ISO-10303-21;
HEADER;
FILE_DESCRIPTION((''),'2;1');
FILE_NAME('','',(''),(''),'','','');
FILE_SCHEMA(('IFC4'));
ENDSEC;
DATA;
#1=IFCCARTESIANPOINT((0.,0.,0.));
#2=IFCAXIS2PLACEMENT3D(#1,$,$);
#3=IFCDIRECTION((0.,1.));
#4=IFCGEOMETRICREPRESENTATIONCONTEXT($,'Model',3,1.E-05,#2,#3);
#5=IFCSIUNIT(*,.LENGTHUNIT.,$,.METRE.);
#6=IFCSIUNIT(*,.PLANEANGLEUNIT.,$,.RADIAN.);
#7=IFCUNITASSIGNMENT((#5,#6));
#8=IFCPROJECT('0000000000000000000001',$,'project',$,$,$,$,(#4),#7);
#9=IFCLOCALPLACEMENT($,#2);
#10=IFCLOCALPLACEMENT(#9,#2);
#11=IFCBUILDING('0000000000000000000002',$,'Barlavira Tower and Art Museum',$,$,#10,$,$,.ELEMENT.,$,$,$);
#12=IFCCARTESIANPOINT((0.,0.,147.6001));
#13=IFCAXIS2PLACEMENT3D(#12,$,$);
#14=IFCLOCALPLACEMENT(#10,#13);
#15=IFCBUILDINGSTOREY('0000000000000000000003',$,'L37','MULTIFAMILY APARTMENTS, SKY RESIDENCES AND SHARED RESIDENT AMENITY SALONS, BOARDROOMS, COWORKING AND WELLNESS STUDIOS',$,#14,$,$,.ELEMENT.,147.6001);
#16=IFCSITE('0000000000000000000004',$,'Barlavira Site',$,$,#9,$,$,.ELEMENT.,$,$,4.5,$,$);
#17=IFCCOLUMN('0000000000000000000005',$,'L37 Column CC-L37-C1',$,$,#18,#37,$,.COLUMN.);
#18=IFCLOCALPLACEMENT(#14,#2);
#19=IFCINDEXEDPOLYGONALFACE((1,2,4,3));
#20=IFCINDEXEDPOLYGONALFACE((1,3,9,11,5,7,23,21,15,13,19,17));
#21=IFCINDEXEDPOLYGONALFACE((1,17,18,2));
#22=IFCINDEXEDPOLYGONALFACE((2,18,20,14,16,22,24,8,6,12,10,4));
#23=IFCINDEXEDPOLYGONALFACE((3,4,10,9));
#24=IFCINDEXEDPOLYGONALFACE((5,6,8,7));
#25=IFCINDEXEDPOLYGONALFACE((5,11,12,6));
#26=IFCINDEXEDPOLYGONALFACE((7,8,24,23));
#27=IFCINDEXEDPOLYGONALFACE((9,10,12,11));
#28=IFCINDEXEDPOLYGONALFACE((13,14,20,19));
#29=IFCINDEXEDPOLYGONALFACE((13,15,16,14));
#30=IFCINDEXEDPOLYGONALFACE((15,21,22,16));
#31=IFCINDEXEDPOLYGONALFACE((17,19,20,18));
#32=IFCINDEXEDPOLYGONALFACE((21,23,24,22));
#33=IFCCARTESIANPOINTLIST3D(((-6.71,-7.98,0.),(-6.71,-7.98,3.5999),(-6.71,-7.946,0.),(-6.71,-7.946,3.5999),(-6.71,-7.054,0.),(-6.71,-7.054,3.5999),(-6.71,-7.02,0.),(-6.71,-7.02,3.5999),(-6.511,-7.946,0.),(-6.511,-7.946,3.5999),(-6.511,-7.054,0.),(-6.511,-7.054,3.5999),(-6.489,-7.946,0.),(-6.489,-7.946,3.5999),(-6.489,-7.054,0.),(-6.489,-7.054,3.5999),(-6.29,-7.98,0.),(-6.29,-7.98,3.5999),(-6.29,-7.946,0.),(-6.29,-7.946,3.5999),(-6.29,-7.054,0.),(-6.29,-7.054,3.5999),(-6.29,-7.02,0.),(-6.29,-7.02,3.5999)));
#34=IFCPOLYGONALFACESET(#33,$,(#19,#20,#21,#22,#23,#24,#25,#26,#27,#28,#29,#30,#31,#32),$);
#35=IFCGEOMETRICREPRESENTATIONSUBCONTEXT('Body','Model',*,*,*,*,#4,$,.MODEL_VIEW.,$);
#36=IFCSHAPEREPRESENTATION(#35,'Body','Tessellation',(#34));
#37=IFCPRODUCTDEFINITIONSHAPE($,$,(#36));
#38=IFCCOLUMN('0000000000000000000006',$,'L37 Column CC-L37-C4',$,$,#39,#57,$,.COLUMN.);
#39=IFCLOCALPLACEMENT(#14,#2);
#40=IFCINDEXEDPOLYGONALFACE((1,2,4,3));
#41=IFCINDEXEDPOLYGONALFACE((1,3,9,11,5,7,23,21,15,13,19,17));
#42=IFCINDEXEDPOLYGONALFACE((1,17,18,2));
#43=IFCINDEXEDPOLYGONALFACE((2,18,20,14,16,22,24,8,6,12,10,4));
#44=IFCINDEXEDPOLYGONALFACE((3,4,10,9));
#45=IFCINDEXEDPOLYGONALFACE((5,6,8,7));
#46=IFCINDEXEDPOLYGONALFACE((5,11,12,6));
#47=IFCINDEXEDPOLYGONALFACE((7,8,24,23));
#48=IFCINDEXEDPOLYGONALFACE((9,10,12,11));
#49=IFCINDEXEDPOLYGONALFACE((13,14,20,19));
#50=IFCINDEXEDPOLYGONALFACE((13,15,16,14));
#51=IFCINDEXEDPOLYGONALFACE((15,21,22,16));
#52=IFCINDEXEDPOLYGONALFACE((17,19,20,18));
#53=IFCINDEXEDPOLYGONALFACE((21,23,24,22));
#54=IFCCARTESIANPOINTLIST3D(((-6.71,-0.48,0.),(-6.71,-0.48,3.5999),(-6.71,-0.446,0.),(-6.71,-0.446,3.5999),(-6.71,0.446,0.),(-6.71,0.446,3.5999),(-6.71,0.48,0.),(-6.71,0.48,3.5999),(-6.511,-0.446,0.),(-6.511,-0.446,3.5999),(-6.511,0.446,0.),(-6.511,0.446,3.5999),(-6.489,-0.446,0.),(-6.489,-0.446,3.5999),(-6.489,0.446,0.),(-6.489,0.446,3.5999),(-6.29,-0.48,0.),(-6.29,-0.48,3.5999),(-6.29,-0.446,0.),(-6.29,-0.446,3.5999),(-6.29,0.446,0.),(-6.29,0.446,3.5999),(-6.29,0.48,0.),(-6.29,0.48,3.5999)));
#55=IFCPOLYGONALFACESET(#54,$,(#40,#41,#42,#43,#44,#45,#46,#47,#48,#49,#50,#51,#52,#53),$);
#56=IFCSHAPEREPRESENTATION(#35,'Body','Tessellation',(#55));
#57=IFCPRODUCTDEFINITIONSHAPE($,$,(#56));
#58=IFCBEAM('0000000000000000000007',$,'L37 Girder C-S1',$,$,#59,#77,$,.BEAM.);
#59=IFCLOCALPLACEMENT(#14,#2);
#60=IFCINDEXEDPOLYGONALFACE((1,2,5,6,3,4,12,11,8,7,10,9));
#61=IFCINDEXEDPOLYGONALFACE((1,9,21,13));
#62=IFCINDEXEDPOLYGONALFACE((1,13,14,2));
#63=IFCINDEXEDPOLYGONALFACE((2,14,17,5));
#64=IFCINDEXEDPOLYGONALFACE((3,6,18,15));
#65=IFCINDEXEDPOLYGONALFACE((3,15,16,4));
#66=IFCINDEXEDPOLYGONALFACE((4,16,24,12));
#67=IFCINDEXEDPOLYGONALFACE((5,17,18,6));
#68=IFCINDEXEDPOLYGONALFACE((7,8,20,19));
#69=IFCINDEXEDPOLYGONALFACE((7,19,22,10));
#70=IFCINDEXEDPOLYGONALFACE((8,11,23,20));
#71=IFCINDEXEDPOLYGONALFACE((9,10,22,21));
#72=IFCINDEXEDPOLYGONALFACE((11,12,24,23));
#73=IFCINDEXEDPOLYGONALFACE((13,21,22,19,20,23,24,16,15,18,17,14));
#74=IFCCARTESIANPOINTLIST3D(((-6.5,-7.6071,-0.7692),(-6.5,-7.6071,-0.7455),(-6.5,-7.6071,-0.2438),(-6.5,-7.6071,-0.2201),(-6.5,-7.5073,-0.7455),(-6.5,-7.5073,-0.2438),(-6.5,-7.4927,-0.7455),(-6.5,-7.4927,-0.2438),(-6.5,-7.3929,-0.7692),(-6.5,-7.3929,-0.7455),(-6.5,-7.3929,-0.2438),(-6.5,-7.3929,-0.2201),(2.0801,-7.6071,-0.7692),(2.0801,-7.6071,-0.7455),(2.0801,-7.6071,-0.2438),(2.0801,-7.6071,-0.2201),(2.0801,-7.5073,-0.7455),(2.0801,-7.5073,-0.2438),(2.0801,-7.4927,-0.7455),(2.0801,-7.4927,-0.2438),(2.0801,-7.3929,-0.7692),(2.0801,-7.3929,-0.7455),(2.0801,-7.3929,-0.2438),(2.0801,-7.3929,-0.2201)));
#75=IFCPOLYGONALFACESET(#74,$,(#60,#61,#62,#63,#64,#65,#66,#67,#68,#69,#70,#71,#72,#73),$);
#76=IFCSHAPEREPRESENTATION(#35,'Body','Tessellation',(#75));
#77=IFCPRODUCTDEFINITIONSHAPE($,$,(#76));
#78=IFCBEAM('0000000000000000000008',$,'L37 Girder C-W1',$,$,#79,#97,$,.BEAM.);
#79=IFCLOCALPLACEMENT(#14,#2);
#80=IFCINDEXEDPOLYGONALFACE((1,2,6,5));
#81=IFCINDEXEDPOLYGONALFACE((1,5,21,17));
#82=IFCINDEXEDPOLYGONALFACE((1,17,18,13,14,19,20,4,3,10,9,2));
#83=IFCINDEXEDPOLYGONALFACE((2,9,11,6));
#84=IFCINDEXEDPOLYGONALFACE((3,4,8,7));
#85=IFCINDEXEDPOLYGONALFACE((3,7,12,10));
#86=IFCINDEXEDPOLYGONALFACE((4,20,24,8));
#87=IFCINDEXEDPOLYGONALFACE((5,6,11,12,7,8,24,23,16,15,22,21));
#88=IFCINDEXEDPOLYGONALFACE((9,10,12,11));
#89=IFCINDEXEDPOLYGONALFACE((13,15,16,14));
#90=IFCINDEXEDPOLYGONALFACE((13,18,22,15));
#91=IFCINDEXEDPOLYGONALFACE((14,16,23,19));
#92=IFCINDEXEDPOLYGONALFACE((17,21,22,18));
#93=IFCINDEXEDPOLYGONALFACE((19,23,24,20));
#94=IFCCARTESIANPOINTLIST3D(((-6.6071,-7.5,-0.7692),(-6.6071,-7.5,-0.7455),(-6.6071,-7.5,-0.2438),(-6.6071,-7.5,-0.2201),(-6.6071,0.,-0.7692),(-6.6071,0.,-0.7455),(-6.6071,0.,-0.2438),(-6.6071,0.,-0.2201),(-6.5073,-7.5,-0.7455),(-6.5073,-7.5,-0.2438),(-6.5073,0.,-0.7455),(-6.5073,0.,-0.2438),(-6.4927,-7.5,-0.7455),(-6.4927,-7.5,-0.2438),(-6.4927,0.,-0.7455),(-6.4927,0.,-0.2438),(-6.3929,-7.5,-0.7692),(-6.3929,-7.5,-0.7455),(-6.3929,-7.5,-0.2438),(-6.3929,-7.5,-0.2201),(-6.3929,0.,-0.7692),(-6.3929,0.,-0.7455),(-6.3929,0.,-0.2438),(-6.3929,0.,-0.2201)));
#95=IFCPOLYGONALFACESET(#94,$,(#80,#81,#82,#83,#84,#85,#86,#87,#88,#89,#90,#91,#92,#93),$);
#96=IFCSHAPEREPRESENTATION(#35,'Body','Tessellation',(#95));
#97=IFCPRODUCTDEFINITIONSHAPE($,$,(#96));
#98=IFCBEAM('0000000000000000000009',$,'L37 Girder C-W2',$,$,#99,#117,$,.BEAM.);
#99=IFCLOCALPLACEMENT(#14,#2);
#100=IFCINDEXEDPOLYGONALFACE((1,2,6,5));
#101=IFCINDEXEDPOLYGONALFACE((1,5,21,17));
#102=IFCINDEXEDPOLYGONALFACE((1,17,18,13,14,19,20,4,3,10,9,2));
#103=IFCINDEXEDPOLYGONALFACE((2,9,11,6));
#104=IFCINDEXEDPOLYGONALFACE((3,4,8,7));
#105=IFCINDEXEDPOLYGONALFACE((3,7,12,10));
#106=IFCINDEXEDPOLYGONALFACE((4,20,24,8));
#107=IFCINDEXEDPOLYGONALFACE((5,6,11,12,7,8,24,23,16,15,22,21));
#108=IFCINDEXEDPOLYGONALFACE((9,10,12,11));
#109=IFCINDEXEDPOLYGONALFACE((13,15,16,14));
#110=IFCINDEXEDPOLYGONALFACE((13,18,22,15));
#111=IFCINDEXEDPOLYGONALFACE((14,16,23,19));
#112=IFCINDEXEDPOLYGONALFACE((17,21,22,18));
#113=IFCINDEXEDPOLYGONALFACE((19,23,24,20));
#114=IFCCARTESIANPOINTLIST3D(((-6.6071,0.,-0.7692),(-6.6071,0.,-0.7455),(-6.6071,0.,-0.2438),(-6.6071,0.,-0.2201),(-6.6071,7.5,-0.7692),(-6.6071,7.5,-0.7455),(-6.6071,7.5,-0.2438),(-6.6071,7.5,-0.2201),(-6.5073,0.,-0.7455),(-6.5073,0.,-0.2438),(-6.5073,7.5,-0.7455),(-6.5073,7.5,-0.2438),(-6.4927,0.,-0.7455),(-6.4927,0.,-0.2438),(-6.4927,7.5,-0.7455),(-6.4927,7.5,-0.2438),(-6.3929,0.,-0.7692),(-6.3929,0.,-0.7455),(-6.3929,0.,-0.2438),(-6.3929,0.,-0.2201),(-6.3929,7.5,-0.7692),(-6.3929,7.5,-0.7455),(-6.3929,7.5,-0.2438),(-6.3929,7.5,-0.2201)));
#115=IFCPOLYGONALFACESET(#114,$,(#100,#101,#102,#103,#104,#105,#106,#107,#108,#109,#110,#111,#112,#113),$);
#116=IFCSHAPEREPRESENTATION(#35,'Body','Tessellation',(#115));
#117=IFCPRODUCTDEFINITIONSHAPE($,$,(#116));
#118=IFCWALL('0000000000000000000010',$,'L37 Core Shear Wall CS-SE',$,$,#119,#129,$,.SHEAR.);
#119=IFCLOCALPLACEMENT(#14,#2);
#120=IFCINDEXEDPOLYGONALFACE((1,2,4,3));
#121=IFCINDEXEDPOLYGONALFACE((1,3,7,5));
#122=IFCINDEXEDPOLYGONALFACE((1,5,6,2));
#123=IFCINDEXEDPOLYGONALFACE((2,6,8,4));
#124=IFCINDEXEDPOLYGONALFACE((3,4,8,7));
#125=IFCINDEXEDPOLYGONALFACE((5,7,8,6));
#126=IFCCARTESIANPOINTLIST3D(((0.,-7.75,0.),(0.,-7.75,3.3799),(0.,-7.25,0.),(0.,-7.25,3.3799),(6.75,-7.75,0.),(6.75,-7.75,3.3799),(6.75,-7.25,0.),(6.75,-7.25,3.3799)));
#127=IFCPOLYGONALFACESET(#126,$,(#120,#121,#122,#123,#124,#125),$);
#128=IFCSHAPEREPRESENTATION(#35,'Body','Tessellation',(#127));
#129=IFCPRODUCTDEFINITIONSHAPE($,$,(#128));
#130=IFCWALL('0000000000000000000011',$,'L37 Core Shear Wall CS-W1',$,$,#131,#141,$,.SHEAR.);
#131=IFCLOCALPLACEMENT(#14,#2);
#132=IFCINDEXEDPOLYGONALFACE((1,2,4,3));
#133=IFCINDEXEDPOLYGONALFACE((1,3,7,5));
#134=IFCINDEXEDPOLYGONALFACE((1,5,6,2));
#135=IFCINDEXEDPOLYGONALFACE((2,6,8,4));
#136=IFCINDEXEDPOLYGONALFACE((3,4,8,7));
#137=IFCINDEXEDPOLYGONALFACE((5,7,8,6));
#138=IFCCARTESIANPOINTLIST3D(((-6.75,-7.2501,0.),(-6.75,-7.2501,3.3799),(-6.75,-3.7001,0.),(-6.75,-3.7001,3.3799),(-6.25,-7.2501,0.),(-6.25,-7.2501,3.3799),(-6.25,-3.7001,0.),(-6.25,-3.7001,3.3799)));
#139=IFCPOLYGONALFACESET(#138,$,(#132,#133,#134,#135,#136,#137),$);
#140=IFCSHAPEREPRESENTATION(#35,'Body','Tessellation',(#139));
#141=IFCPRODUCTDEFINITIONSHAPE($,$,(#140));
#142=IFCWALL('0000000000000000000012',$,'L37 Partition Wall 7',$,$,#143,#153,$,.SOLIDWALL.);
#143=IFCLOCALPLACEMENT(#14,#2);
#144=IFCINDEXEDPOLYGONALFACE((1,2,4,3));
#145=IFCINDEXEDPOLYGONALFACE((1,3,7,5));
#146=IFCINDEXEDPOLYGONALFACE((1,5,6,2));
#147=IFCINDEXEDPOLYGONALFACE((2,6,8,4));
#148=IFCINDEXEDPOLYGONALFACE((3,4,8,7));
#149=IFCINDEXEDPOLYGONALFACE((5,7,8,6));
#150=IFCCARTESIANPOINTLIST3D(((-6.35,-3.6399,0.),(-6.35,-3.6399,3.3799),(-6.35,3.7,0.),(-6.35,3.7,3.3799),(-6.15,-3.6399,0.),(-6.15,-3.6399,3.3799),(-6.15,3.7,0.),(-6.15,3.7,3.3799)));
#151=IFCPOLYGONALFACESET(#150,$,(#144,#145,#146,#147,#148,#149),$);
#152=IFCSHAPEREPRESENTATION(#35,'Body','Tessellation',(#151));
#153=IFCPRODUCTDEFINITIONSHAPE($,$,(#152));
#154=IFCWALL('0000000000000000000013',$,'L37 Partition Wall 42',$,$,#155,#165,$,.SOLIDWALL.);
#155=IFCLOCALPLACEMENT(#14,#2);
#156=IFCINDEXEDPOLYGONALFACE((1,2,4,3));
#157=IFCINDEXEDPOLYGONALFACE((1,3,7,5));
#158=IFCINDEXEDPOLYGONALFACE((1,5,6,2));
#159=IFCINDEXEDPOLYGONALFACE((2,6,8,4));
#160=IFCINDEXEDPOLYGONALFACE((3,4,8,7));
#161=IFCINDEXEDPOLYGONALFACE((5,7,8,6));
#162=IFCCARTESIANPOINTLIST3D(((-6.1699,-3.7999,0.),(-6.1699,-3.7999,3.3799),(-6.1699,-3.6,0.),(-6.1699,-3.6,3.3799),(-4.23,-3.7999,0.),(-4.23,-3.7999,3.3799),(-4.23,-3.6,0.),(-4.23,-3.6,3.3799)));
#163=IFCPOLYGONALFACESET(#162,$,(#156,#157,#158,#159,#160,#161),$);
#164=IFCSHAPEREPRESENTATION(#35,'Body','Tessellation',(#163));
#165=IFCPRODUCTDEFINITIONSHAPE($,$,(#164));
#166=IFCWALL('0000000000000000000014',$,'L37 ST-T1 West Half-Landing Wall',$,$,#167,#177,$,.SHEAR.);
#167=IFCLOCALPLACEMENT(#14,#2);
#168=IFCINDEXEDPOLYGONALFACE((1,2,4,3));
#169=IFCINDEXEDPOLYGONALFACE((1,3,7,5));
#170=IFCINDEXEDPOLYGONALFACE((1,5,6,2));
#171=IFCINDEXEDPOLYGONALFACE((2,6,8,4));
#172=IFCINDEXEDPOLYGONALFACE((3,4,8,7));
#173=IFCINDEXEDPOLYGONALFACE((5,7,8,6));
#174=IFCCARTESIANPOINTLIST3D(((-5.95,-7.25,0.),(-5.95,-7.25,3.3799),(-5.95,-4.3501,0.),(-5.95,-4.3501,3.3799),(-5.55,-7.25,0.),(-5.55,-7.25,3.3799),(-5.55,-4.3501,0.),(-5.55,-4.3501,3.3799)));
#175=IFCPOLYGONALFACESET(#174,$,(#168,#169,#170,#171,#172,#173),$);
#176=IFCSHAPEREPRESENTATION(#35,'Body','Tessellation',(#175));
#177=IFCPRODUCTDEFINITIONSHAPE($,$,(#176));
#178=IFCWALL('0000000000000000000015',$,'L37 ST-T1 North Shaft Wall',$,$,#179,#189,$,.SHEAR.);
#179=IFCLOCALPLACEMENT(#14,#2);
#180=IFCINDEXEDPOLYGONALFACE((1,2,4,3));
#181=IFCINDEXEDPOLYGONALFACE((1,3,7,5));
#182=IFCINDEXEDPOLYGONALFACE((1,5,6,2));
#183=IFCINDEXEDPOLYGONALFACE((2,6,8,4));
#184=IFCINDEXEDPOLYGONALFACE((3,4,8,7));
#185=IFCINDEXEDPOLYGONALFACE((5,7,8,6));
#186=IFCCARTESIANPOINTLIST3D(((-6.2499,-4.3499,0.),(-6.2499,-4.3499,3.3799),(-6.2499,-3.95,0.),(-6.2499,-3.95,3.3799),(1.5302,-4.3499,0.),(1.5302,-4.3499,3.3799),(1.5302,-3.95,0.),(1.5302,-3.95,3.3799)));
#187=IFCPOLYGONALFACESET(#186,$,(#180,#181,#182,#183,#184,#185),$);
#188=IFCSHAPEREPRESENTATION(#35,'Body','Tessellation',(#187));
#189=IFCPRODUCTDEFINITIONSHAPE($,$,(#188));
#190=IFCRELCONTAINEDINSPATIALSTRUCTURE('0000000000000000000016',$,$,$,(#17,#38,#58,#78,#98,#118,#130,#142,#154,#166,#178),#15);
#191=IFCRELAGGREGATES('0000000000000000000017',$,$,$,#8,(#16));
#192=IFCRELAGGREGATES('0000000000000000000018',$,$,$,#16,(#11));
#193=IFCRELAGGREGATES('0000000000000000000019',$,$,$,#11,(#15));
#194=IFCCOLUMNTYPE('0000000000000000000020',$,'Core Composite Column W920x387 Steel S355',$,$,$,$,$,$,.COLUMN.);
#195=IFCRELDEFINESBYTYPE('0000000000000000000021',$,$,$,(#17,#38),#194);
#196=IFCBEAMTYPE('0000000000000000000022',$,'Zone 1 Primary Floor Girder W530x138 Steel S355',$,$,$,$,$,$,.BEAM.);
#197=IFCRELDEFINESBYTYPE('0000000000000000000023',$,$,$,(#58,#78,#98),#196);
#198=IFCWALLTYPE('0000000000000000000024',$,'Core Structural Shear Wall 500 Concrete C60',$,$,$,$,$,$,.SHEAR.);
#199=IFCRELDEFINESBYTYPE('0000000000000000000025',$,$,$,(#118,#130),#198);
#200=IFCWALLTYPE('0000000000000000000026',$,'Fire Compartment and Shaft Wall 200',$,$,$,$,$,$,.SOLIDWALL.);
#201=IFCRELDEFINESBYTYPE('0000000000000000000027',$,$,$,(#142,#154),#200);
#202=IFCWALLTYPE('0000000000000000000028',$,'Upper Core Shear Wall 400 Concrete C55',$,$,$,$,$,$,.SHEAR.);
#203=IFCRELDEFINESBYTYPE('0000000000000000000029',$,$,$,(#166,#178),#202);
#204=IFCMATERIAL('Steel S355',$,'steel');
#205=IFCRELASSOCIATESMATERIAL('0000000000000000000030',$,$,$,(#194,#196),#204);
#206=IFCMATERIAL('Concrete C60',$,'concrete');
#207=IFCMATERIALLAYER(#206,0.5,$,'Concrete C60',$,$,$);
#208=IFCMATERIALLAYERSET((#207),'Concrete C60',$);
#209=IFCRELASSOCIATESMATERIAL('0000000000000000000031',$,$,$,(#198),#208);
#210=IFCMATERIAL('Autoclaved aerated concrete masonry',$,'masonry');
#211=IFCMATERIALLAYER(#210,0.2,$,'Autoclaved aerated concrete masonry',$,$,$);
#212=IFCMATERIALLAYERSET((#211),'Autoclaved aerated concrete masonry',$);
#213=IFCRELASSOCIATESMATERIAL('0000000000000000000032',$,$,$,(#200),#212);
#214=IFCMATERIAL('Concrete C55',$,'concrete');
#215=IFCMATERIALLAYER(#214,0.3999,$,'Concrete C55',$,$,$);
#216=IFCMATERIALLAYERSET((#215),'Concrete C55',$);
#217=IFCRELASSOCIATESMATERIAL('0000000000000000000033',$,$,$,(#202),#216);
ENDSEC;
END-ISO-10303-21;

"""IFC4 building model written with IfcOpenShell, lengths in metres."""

from ifc_helpers import new_model, si_unit, direction, frame, frame_2d, origin, origin_2d, place, context, subcontext, project, spatial, rectangle, i_section, extrude, material, layer, layer_set, material_profile, profile_set, type_object, element, save


model = new_model("IFC4")

# Units and contexts
model_context = context("Model", 3, precision=1e-05, world=origin(), true_north=direction((0.0, 1.0)))
body_context = subcontext(model_context, "Body", "Model", "MODEL_VIEW")
ifc_project = project(units=[si_unit("LENGTHUNIT", "METRE"), si_unit("PLANEANGLEUNIT", "RADIAN")], contexts=[model_context])

# Site, building, storey
site_placement = place(None, origin())
site = spatial("IfcSite", under=ifc_project, at=site_placement, Name="Barlavira Site", CompositionType="ELEMENT", RefElevation=4.5)
building_placement = place(site_placement, origin())
building = spatial("IfcBuilding", under=site, at=building_placement, Name="Barlavira Tower and Art Museum", CompositionType="ELEMENT")
storey_placement = place(building_placement, frame((0.0, 0.0, 147.6001)))
storey = spatial("IfcBuildingStorey", under=building, at=storey_placement, Name="L37", Description="MULTIFAMILY APARTMENTS, SKY RESIDENCES AND SHARED RESIDENT AMENITY SALONS, BOARDROOMS, COWORKING AND WELLNESS STUDIOS", CompositionType="ELEMENT", Elevation=147.6001)

# Columns
ifc_material_1 = material(Name="Steel S355", Category="steel")
ifc_material_profile_1 = material_profile(ifc_material_1, i_section(OverallWidth=0.4199, OverallDepth=0.96, WebThickness=0.022, FlangeThickness=0.0339, at=origin_2d()), Name="W920x387.0")
ifc_profile_set_1 = profile_set([ifc_material_profile_1], Name="Steel S355")
column_type = type_object("IfcColumnType", Name="Core Composite Column W920x387 Steel S355", PredefinedType="COLUMN", material=ifc_profile_set_1)
for number, where, z_axis, x_axis, name in (
    (1, (-6.5, -7.5, 0.0), (0.0, 0.0, 1.0), (1.0, 0.0, 0.0), "L37 Column CC-L37-C1"),
    (2, (-6.5, 0.0, 0.0), (0.0, 0.0, 1.0), (1.0, 0.0, 0.0), "L37 Column CC-L37-C4"),
):
    element("IfcColumn", number, at=place(storey_placement, frame(where, z_axis=z_axis, x_axis=x_axis)), inside=storey, type_object=column_type, Name=name, PredefinedType="COLUMN", context=body_context, shape_type="SweptSolid", body=[
        extrude(i_section(OverallWidth=0.4199, OverallDepth=0.96, WebThickness=0.022, FlangeThickness=0.0339, at=origin_2d()), origin(), (0.0, 0.0, 1.0), 3.5999),
    ])

# Beams
ifc_material_profile_2 = material_profile(ifc_material_1, i_section(OverallWidth=0.2141, OverallDepth=0.5491, WebThickness=0.0146, FlangeThickness=0.0237, at=origin_2d()), Name="W530x138.0")
ifc_profile_set_2 = profile_set([ifc_material_profile_2], Name="Steel S355")
beam_type = type_object("IfcBeamType", Name="Zone 1 Primary Floor Girder W530x138 Steel S355", PredefinedType="BEAM", material=ifc_profile_set_2)
beam_placement = place(storey_placement, frame((-6.5, -7.5, -0.4946), z_axis=(1.0, 0.0, 0.0), x_axis=(0.0, 1.0, 0.0)))
element("IfcBeam", 3, at=beam_placement, inside=storey, type_object=beam_type, Name="L37 Girder C-S1", PredefinedType="BEAM", context=body_context, shape_type="SweptSolid", body=[
    extrude(i_section(OverallWidth=0.2141, OverallDepth=0.5491, WebThickness=0.0146, FlangeThickness=0.0237, at=origin_2d()), origin(), (0.0, 0.0, 1.0), 8.5801),
])
for number, where, z_axis, x_axis, name in (
    (4, (-6.5, -7.5, -0.4946), (0.0, 1.0, 0.0), (-1.0, 0.0, 0.0), "L37 Girder C-W1"),
    (5, (-6.5, 0.0, -0.4946), (0.0, 1.0, 0.0), (-1.0, 0.0, 0.0), "L37 Girder C-W2"),
):
    element("IfcBeam", number, at=place(storey_placement, frame(where, z_axis=z_axis, x_axis=x_axis)), inside=storey, type_object=beam_type, Name=name, PredefinedType="BEAM", context=body_context, shape_type="SweptSolid", body=[
        extrude(i_section(OverallWidth=0.2141, OverallDepth=0.5491, WebThickness=0.0146, FlangeThickness=0.0237, at=origin_2d()), origin(), (0.0, 0.0, 1.0), 7.5),
    ])

# Walls
ifc_material_2 = material(Name="Concrete C60", Category="concrete")
ifc_layer_1 = layer(ifc_material_2, 0.5, Name="Concrete C60")
ifc_layer_set_1 = layer_set([ifc_layer_1], Name="Concrete C60")
wall_type_1 = type_object("IfcWallType", Name="Core Structural Shear Wall 500 Concrete C60", PredefinedType="SHEAR", material=ifc_layer_set_1)
wall_1_placement = place(storey_placement, frame((0.0, -7.5, 0.0), z_axis=(0.0, 0.0, 1.0), x_axis=(1.0, 0.0, 0.0)))
element("IfcWall", 6, at=wall_1_placement, inside=storey, type_object=wall_type_1, Name="L37 Core Shear Wall CS-SE", PredefinedType="SHEAR", context=body_context, shape_type="SweptSolid", body=[
    extrude(rectangle(XDim=6.75, YDim=0.5, at=frame_2d((3.375, 0.0))), origin(), (0.0, 0.0, 1.0), 3.3799),
])
wall_2_placement = place(storey_placement, frame((-6.5, -7.25, 0.0), z_axis=(0.0, 0.0, 1.0), x_axis=(0.0, 1.0, 0.0)))
element("IfcWall", 7, at=wall_2_placement, inside=storey, type_object=wall_type_1, Name="L37 Core Shear Wall CS-W1", PredefinedType="SHEAR", context=body_context, shape_type="SweptSolid", body=[
    extrude(rectangle(XDim=3.55, YDim=0.5, at=frame_2d((1.7749, 0.0))), origin(), (0.0, 0.0, 1.0), 3.3799),
])
ifc_material_3 = material(Name="Autoclaved aerated concrete masonry", Category="masonry")
ifc_layer_2 = layer(ifc_material_3, 0.2, Name="Autoclaved aerated concrete masonry")
ifc_layer_set_2 = layer_set([ifc_layer_2], Name="Autoclaved aerated concrete masonry")
wall_type_2 = type_object("IfcWallType", Name="Fire Compartment and Shaft Wall 200", PredefinedType="SOLIDWALL", material=ifc_layer_set_2)
wall_3_placement = place(storey_placement, frame((-6.25, -3.6399, 0.0), z_axis=(0.0, 0.0, 1.0), x_axis=(0.0, 1.0, 0.0)))
element("IfcWall", 8, at=wall_3_placement, inside=storey, type_object=wall_type_2, Name="L37 Partition Wall 7", PredefinedType="SOLIDWALL", context=body_context, shape_type="SweptSolid", body=[
    extrude(rectangle(XDim=7.3398, YDim=0.2, at=frame_2d((3.6699, 0.0))), origin(), (0.0, 0.0, 1.0), 3.3799),
])

# Wall
wall_4_placement = place(storey_placement, frame((-6.1699, -3.7, 0.0), z_axis=(0.0, 0.0, 1.0), x_axis=(1.0, 0.0, 0.0)))
element("IfcWall", 9, at=wall_4_placement, inside=storey, type_object=wall_type_2, Name="L37 Partition Wall 42", PredefinedType="SOLIDWALL", context=body_context, shape_type="SweptSolid", body=[
    extrude(rectangle(XDim=1.9399, YDim=0.2, at=frame_2d((0.97, 0.0))), origin(), (0.0, 0.0, 1.0), 3.3799),
])

# Walls
ifc_material_4 = material(Name="Concrete C55", Category="concrete")
ifc_layer_3 = layer(ifc_material_4, 0.3999, Name="Concrete C55")
ifc_layer_set_3 = layer_set([ifc_layer_3], Name="Concrete C55")
wall_type_3 = type_object("IfcWallType", Name="Upper Core Shear Wall 400 Concrete C55", PredefinedType="SHEAR", material=ifc_layer_set_3)
wall_5_placement = place(storey_placement, frame((-5.75, -7.25, 0.0), z_axis=(0.0, 0.0, 1.0), x_axis=(0.0, 1.0, 0.0)))
element("IfcWall", 10, at=wall_5_placement, inside=storey, type_object=wall_type_3, Name="L37 ST-T1 West Half-Landing Wall", PredefinedType="SHEAR", context=body_context, shape_type="SweptSolid", body=[
    extrude(rectangle(XDim=2.8999, YDim=0.3999, at=frame_2d((1.45, 0.0))), origin(), (0.0, 0.0, 1.0), 3.3799),
])
wall_6_placement = place(storey_placement, frame((-6.25, -4.1499, 0.0), z_axis=(0.0, 0.0, 1.0), x_axis=(1.0, 0.0, 0.0)))
element("IfcWall", 11, at=wall_6_placement, inside=storey, type_object=wall_type_3, Name="L37 ST-T1 North Shaft Wall", PredefinedType="SHEAR", context=body_context, shape_type="SweptSolid", body=[
    extrude(rectangle(XDim=7.78, YDim=0.3999, at=frame_2d((3.8901, 0.0))), origin(), (0.0, 0.0, 1.0), 3.3799),
])

save(model, "model.ifc")
